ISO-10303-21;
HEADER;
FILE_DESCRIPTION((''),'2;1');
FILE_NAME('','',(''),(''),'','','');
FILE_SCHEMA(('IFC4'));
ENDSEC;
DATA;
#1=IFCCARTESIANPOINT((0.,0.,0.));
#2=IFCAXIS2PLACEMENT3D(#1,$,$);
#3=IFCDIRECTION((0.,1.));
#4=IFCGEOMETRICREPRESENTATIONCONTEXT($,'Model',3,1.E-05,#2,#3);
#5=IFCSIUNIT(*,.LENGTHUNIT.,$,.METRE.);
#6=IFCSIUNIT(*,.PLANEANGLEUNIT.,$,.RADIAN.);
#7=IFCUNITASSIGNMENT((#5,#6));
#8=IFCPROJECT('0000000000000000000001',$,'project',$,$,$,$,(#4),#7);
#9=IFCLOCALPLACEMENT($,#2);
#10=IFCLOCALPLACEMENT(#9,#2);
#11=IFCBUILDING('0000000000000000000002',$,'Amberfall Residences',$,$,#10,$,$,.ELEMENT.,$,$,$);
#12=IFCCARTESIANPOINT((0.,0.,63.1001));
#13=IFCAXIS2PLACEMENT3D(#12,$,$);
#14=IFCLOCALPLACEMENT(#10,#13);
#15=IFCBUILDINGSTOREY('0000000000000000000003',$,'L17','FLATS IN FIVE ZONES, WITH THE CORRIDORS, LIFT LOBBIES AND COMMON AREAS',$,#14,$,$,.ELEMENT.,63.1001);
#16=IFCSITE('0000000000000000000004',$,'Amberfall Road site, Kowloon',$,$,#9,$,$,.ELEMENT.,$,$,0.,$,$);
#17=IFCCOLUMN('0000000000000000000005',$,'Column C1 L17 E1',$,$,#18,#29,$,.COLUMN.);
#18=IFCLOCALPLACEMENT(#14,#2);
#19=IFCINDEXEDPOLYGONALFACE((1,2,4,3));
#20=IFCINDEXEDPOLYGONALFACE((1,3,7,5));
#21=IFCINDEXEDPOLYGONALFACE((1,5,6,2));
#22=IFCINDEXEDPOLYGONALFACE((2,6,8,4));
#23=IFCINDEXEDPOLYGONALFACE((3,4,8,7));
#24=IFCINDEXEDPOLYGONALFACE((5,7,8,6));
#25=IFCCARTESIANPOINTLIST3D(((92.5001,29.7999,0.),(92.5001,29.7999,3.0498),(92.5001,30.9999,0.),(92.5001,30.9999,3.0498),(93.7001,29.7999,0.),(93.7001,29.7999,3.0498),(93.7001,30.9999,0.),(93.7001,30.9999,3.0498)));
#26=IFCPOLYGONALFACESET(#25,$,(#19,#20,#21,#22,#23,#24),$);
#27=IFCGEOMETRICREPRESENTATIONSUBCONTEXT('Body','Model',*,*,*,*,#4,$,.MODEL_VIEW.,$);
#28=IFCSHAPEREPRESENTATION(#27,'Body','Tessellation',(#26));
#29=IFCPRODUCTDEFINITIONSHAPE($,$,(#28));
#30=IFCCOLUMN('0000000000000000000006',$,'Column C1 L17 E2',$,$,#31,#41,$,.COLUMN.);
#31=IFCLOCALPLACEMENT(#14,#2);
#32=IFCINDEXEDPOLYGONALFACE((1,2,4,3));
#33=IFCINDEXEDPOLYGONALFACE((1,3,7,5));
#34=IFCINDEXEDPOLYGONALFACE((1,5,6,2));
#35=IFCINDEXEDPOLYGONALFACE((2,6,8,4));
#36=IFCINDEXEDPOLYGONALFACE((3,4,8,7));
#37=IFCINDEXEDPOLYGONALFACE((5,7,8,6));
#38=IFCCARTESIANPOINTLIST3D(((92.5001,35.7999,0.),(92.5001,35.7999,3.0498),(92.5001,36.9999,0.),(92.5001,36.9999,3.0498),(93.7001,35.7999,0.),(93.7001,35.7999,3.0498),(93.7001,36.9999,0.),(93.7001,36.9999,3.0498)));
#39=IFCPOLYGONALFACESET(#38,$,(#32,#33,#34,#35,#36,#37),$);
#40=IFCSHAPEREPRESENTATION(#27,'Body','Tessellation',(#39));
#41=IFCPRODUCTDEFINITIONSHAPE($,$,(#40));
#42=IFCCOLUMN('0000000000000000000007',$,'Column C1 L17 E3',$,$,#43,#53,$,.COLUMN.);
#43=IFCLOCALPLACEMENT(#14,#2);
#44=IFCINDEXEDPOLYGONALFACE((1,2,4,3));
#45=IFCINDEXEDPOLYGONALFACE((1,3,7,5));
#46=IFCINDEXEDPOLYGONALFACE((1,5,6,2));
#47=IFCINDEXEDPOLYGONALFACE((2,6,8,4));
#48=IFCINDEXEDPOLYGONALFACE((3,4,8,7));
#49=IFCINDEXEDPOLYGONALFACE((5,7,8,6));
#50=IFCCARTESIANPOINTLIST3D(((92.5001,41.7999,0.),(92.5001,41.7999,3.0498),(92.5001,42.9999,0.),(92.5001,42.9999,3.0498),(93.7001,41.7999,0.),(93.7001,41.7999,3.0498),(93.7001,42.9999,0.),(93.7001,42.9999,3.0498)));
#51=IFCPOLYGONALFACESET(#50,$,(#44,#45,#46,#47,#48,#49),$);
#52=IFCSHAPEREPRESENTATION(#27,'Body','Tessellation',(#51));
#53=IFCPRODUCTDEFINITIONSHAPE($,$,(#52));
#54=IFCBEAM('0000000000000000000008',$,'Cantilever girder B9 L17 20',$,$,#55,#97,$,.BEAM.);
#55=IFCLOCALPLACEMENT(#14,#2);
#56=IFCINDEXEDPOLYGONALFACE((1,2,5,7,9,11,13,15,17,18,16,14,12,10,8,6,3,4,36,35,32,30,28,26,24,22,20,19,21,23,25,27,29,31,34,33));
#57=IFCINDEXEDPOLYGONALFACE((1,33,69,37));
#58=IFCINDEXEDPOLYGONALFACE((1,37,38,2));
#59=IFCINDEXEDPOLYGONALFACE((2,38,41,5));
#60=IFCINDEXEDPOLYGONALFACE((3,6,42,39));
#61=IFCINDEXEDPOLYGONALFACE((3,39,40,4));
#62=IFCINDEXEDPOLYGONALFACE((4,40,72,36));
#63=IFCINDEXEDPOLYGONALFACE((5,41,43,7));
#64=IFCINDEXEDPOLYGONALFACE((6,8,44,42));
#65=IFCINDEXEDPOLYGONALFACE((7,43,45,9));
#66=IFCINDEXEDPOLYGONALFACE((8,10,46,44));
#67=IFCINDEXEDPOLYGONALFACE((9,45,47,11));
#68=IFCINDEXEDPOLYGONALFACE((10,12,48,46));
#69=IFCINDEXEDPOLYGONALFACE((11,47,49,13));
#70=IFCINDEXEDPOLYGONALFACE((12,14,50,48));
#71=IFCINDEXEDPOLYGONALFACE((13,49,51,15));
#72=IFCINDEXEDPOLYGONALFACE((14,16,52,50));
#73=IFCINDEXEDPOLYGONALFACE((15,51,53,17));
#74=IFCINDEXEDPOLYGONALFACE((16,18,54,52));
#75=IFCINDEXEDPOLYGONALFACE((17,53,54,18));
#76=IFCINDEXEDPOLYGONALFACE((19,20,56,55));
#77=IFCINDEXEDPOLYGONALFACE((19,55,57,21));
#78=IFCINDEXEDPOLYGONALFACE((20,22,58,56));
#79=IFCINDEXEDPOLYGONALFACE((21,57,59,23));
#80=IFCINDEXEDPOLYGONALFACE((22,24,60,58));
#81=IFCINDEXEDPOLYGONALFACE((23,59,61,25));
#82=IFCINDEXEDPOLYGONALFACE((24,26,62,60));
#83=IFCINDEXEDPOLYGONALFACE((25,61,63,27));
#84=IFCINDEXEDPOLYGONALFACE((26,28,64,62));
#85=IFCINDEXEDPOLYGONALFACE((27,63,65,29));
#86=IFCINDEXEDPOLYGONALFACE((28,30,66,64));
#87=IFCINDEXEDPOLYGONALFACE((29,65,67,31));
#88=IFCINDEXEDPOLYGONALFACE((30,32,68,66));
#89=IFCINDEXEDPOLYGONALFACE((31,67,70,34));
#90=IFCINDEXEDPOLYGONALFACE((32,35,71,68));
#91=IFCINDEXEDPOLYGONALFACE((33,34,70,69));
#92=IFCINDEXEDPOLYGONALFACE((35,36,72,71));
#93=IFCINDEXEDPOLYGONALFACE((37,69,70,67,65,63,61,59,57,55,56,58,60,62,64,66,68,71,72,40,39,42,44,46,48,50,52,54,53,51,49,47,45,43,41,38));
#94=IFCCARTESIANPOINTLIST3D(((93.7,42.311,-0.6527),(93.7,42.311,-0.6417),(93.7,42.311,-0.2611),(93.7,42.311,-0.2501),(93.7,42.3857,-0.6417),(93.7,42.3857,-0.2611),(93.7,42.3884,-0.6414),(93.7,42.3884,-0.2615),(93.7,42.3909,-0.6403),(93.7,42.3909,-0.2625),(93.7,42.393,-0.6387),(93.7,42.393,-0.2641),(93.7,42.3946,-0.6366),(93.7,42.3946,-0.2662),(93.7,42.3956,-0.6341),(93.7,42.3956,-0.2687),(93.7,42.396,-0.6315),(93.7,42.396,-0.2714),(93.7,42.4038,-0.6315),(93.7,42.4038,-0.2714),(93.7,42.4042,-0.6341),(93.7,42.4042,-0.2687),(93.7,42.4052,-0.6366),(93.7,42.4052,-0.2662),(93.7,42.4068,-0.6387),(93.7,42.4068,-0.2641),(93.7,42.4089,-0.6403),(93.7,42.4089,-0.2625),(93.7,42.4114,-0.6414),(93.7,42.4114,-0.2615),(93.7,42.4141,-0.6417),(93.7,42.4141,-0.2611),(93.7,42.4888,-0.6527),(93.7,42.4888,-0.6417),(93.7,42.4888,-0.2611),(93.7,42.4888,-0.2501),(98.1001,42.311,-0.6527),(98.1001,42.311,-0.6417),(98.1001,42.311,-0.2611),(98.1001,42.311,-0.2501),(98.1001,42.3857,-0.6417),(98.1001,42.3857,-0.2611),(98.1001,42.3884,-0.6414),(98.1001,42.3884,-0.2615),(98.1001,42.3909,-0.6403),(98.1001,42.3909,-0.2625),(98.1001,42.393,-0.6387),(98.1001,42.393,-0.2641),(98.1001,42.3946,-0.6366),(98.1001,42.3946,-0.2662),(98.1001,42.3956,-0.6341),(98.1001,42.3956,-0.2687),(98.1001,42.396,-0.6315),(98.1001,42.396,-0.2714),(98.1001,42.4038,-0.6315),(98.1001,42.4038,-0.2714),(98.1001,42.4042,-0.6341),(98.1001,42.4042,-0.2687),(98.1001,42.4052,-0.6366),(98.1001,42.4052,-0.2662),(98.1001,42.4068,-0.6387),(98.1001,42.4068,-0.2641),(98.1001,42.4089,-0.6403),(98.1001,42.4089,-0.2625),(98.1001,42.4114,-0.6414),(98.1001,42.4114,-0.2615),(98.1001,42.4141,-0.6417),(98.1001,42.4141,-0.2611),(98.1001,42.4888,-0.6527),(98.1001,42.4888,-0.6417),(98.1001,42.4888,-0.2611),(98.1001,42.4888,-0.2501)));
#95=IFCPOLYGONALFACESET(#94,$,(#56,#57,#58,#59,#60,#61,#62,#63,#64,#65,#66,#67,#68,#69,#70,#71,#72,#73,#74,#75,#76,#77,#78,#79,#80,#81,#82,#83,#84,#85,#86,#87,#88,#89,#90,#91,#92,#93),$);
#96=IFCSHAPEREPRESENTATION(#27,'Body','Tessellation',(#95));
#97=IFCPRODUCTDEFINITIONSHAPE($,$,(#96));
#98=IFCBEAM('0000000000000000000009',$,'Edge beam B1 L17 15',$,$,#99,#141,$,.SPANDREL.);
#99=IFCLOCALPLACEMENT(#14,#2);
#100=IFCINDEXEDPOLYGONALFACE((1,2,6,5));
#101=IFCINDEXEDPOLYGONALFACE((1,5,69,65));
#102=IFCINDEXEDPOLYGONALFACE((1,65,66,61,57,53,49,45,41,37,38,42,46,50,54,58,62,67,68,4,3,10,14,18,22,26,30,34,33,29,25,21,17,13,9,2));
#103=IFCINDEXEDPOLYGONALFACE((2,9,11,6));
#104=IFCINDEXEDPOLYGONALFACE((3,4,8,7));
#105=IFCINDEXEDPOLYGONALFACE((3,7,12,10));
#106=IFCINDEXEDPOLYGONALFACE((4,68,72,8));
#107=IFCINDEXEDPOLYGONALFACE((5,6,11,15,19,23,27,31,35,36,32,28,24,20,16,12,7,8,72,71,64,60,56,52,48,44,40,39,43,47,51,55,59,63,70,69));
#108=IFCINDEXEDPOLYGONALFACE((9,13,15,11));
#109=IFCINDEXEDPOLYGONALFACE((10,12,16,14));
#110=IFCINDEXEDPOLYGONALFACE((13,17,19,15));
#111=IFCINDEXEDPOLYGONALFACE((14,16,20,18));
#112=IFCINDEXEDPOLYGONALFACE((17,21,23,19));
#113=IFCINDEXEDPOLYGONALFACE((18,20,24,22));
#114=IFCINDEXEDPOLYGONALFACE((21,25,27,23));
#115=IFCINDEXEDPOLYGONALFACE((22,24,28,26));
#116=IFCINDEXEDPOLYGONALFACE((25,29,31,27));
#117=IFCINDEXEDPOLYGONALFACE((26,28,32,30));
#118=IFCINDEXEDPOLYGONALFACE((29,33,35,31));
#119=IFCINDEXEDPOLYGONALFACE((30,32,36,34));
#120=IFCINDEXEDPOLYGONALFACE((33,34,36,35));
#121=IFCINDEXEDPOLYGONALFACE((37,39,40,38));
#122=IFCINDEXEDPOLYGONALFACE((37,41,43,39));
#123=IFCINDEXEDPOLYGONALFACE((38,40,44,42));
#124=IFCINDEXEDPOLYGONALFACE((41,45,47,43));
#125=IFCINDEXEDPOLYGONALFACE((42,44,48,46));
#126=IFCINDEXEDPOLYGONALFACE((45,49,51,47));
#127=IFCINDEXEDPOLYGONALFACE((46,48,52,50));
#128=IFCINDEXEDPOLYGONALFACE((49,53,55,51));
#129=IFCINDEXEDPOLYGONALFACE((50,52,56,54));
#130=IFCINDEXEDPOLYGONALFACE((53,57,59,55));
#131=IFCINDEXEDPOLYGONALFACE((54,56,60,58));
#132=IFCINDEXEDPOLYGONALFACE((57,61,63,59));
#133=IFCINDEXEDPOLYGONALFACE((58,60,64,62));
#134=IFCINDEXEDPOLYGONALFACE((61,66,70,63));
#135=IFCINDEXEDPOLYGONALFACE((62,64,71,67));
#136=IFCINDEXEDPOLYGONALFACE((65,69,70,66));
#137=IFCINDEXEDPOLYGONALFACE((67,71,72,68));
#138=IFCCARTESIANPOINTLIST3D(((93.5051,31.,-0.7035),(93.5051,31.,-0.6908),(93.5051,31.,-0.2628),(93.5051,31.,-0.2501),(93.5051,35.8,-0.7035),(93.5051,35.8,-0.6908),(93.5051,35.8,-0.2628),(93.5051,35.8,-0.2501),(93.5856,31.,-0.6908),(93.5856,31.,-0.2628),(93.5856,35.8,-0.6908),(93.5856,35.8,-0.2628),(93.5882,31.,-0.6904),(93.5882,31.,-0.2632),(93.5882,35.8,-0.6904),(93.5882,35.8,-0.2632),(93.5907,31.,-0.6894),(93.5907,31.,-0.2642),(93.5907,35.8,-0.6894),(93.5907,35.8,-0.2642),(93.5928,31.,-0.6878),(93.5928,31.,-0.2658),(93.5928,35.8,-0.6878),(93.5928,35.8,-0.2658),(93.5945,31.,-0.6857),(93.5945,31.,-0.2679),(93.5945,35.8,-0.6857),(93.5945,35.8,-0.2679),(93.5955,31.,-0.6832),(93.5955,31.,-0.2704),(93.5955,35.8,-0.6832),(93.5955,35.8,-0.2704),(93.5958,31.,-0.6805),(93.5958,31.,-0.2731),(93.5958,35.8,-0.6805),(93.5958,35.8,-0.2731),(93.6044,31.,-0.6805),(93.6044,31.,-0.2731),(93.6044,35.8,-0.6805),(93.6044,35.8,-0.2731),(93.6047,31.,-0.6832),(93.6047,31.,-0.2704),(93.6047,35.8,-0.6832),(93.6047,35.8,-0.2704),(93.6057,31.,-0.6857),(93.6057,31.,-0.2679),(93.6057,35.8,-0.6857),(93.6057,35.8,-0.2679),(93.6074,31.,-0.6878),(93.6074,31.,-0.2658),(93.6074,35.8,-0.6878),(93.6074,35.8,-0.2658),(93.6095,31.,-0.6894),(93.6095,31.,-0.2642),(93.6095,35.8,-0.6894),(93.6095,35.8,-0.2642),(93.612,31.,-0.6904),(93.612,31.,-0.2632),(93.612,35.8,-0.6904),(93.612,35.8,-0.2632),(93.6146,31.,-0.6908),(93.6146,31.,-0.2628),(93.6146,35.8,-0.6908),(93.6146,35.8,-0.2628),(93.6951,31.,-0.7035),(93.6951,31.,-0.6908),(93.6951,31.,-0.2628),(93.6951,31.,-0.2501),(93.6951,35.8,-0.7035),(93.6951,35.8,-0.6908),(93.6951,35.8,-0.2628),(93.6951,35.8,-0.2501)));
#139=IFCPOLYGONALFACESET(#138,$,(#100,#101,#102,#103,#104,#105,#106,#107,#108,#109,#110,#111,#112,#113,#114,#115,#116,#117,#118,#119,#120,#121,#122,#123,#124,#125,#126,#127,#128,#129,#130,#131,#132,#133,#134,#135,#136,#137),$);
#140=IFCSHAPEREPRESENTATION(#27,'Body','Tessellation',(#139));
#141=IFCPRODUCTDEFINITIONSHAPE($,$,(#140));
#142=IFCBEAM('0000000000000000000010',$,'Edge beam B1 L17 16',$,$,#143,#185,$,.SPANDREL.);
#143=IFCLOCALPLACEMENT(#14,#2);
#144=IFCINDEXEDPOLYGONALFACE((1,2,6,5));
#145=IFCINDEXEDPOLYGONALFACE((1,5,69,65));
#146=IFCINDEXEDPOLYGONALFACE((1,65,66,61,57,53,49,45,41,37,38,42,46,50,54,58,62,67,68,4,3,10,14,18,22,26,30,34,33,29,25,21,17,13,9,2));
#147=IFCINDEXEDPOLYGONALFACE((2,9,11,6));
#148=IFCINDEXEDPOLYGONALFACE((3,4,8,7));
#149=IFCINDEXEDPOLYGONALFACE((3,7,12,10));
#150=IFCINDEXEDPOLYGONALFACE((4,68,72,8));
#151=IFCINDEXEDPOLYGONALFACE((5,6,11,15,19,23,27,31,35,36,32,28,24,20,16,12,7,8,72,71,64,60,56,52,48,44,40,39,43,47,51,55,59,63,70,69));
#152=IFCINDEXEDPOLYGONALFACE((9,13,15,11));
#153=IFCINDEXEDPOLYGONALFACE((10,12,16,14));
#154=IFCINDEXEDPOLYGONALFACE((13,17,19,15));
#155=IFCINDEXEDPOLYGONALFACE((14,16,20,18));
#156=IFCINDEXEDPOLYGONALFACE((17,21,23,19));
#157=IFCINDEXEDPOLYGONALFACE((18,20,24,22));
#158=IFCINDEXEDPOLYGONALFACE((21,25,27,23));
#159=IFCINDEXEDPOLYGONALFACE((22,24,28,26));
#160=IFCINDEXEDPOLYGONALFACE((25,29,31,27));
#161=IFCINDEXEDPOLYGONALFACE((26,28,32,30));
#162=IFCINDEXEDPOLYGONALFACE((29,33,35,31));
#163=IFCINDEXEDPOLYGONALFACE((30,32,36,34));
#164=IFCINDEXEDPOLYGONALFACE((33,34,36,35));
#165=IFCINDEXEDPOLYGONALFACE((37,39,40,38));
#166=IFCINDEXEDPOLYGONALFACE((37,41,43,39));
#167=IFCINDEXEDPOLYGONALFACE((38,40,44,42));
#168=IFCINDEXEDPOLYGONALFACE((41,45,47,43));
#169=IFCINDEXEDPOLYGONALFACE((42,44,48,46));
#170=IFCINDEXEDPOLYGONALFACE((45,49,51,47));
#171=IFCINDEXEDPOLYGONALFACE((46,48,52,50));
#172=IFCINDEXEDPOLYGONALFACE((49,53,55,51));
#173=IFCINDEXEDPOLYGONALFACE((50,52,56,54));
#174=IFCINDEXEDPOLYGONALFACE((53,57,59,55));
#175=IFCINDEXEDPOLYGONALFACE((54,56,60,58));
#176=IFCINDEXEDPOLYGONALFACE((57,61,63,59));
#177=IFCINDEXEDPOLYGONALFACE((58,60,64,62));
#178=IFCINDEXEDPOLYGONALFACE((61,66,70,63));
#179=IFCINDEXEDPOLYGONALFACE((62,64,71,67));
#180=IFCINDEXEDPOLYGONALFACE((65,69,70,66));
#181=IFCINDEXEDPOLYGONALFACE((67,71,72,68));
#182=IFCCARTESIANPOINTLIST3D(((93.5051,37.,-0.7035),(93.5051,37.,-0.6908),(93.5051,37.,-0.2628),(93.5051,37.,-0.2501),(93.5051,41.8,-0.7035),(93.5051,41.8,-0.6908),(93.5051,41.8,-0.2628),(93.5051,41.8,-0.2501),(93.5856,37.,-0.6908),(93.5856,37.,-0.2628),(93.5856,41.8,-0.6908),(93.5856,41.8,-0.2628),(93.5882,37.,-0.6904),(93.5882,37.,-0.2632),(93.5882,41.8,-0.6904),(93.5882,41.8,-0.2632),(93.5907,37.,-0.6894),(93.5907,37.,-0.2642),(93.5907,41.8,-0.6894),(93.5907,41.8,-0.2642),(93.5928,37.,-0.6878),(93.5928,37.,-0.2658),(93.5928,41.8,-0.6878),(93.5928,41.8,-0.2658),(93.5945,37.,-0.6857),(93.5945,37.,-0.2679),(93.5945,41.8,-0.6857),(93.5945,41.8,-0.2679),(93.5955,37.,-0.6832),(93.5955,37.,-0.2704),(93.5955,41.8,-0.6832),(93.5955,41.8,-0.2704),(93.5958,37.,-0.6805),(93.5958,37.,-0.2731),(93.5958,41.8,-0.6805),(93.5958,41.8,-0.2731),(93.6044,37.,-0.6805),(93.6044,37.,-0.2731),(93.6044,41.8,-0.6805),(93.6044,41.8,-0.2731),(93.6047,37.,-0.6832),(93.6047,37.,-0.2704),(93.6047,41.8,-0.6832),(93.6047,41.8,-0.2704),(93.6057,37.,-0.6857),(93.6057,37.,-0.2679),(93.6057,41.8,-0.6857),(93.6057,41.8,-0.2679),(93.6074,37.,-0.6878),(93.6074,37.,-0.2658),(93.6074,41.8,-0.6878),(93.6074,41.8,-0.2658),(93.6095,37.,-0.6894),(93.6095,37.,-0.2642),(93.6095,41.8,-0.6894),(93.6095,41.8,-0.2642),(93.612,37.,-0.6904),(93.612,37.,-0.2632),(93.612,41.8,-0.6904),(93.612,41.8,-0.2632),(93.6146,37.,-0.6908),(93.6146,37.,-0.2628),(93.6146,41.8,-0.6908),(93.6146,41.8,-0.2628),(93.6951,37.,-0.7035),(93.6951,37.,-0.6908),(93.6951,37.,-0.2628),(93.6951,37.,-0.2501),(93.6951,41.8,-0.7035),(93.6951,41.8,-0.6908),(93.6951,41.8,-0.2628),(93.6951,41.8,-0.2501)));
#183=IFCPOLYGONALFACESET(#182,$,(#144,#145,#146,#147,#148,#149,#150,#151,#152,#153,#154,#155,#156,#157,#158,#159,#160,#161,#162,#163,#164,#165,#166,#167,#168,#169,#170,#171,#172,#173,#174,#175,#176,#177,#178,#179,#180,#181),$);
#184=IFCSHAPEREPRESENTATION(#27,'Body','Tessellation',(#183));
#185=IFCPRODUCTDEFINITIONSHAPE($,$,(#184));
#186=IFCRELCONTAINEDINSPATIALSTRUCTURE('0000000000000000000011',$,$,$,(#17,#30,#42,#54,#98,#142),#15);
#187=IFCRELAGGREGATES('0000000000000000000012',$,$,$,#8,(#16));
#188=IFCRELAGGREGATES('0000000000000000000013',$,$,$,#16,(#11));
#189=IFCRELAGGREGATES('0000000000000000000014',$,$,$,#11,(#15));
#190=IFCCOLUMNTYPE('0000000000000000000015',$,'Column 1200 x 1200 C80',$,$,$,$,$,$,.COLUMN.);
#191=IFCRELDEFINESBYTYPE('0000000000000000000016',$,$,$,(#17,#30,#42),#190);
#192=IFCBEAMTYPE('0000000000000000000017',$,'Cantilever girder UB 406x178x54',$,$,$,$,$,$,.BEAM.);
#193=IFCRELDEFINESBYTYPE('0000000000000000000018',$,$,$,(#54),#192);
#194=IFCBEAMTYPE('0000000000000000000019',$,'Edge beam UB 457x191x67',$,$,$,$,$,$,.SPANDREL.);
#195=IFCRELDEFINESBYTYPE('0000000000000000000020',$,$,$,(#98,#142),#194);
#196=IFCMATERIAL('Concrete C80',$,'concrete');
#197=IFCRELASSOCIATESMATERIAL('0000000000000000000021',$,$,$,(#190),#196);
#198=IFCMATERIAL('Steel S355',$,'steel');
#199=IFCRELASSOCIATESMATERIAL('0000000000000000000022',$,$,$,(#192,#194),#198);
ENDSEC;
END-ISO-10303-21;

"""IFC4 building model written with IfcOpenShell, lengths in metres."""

from ifc_helpers import new_model, si_unit, direction, frame, origin, origin_2d, place, context, subcontext, project, spatial, rectangle, i_section, extrude, material, material_profile, profile_set, type_object, element, save


model = new_model("IFC4")

# Units and contexts
model_context = context("Model", 3, precision=1e-05, world=origin(), true_north=direction((0.0, 1.0)))
body_context = subcontext(model_context, "Body", "Model", "MODEL_VIEW")
ifc_project = project(units=[si_unit("LENGTHUNIT", "METRE"), si_unit("PLANEANGLEUNIT", "RADIAN")], contexts=[model_context])

# Site, building, storey
site_placement = place(None, origin())
site = spatial("IfcSite", under=ifc_project, at=site_placement, Name="Amberfall Road site, Kowloon", CompositionType="ELEMENT", RefElevation=0.0)
building_placement = place(site_placement, origin())
building = spatial("IfcBuilding", under=site, at=building_placement, Name="Amberfall Residences", CompositionType="ELEMENT")
storey_placement = place(building_placement, frame((0.0, 0.0, 63.1001)))
storey = spatial("IfcBuildingStorey", under=building, at=storey_placement, Name="L17", Description="FLATS IN FIVE ZONES, WITH THE CORRIDORS, LIFT LOBBIES AND COMMON AREAS", CompositionType="ELEMENT", Elevation=63.1001)

# Columns
ifc_material_1 = material(Name="Concrete C80", Category="concrete")
ifc_material_profile_1 = material_profile(ifc_material_1, rectangle(XDim=1.2, YDim=1.2, at=origin_2d()), Name="Column 1200 x 1200 C80")
ifc_profile_set_1 = profile_set([ifc_material_profile_1], Name="Concrete C80")
column_type = type_object("IfcColumnType", Name="Column 1200 x 1200 C80", PredefinedType="COLUMN", material=ifc_profile_set_1)
for number, where, z_axis, x_axis, name in (
    (1, (93.1001, 30.3999, 0.0), (0.0, 0.0, 1.0), (1.0, 0.0, 0.0), "Column C1 L17 E1"),
    (2, (93.1001, 36.3999, 0.0), (0.0, 0.0, 1.0), (1.0, 0.0, 0.0), "Column C1 L17 E2"),
    (3, (93.1001, 42.3999, 0.0), (0.0, 0.0, 1.0), (1.0, 0.0, 0.0), "Column C1 L17 E3"),
):
    element("IfcColumn", number, at=place(storey_placement, frame(where, z_axis=z_axis, x_axis=x_axis)), inside=storey, type_object=column_type, Name=name, PredefinedType="COLUMN", context=body_context, shape_type="SweptSolid", body=[
        extrude(rectangle(XDim=1.2, YDim=1.2, at=origin_2d()), origin(), (0.0, 0.0, 1.0), 3.0498),
    ])

# Beams
ifc_material_2 = material(Name="Steel S355", Category="steel")
ifc_material_profile_2 = material_profile(ifc_material_2, i_section(OverallWidth=0.1777, OverallDepth=0.4026, WebThickness=0.0078, FlangeThickness=0.011, FilletRadius=0.0103, at=origin_2d()), Name="UB 406x178x54")
ifc_profile_set_2 = profile_set([ifc_material_profile_2], Name="Steel S355")
beam_type_1 = type_object("IfcBeamType", Name="Cantilever girder UB 406x178x54", PredefinedType="BEAM", material=ifc_profile_set_2)
beam_1_placement = place(storey_placement, frame((93.7, 42.3999, -0.4514), z_axis=(1.0, 0.0, 0.0), x_axis=(0.0, 1.0, 0.0)))
element("IfcBeam", 4, at=beam_1_placement, inside=storey, type_object=beam_type_1, Name="Cantilever girder B9 L17 20", PredefinedType="BEAM", context=body_context, shape_type="SweptSolid", body=[
    extrude(i_section(OverallWidth=0.1777, OverallDepth=0.4026, WebThickness=0.0078, FlangeThickness=0.011, FilletRadius=0.0103, at=origin_2d()), origin(), (0.0, 0.0, 1.0), 4.4001),
])
ifc_material_profile_3 = material_profile(ifc_material_2, i_section(OverallWidth=0.1899, OverallDepth=0.4534, WebThickness=0.0085, FlangeThickness=0.0127, FilletRadius=0.0103, at=origin_2d()), Name="UB 457x191x67")
ifc_profile_set_3 = profile_set([ifc_material_profile_3], Name="Steel S355")
beam_type_2 = type_object("IfcBeamType", Name="Edge beam UB 457x191x67", PredefinedType="SPANDREL", material=ifc_profile_set_3)
for number, where, z_axis, x_axis, name in (
    (5, (93.6001, 31.0, -0.4768), (0.0, 1.0, 0.0), (-1.0, 0.0, 0.0), "Edge beam B1 L17 15"),
    (6, (93.6001, 37.0, -0.4768), (0.0, 1.0, 0.0), (-1.0, 0.0, 0.0), "Edge beam B1 L17 16"),
):
    element("IfcBeam", number, at=place(storey_placement, frame(where, z_axis=z_axis, x_axis=x_axis)), inside=storey, type_object=beam_type_2, Name=name, PredefinedType="SPANDREL", context=body_context, shape_type="SweptSolid", body=[
        extrude(i_section(OverallWidth=0.1899, OverallDepth=0.4534, WebThickness=0.0085, FlangeThickness=0.0127, FilletRadius=0.0103, at=origin_2d()), origin(), (0.0, 0.0, 1.0), 4.8),
    ])

save(model, "model.ifc")
